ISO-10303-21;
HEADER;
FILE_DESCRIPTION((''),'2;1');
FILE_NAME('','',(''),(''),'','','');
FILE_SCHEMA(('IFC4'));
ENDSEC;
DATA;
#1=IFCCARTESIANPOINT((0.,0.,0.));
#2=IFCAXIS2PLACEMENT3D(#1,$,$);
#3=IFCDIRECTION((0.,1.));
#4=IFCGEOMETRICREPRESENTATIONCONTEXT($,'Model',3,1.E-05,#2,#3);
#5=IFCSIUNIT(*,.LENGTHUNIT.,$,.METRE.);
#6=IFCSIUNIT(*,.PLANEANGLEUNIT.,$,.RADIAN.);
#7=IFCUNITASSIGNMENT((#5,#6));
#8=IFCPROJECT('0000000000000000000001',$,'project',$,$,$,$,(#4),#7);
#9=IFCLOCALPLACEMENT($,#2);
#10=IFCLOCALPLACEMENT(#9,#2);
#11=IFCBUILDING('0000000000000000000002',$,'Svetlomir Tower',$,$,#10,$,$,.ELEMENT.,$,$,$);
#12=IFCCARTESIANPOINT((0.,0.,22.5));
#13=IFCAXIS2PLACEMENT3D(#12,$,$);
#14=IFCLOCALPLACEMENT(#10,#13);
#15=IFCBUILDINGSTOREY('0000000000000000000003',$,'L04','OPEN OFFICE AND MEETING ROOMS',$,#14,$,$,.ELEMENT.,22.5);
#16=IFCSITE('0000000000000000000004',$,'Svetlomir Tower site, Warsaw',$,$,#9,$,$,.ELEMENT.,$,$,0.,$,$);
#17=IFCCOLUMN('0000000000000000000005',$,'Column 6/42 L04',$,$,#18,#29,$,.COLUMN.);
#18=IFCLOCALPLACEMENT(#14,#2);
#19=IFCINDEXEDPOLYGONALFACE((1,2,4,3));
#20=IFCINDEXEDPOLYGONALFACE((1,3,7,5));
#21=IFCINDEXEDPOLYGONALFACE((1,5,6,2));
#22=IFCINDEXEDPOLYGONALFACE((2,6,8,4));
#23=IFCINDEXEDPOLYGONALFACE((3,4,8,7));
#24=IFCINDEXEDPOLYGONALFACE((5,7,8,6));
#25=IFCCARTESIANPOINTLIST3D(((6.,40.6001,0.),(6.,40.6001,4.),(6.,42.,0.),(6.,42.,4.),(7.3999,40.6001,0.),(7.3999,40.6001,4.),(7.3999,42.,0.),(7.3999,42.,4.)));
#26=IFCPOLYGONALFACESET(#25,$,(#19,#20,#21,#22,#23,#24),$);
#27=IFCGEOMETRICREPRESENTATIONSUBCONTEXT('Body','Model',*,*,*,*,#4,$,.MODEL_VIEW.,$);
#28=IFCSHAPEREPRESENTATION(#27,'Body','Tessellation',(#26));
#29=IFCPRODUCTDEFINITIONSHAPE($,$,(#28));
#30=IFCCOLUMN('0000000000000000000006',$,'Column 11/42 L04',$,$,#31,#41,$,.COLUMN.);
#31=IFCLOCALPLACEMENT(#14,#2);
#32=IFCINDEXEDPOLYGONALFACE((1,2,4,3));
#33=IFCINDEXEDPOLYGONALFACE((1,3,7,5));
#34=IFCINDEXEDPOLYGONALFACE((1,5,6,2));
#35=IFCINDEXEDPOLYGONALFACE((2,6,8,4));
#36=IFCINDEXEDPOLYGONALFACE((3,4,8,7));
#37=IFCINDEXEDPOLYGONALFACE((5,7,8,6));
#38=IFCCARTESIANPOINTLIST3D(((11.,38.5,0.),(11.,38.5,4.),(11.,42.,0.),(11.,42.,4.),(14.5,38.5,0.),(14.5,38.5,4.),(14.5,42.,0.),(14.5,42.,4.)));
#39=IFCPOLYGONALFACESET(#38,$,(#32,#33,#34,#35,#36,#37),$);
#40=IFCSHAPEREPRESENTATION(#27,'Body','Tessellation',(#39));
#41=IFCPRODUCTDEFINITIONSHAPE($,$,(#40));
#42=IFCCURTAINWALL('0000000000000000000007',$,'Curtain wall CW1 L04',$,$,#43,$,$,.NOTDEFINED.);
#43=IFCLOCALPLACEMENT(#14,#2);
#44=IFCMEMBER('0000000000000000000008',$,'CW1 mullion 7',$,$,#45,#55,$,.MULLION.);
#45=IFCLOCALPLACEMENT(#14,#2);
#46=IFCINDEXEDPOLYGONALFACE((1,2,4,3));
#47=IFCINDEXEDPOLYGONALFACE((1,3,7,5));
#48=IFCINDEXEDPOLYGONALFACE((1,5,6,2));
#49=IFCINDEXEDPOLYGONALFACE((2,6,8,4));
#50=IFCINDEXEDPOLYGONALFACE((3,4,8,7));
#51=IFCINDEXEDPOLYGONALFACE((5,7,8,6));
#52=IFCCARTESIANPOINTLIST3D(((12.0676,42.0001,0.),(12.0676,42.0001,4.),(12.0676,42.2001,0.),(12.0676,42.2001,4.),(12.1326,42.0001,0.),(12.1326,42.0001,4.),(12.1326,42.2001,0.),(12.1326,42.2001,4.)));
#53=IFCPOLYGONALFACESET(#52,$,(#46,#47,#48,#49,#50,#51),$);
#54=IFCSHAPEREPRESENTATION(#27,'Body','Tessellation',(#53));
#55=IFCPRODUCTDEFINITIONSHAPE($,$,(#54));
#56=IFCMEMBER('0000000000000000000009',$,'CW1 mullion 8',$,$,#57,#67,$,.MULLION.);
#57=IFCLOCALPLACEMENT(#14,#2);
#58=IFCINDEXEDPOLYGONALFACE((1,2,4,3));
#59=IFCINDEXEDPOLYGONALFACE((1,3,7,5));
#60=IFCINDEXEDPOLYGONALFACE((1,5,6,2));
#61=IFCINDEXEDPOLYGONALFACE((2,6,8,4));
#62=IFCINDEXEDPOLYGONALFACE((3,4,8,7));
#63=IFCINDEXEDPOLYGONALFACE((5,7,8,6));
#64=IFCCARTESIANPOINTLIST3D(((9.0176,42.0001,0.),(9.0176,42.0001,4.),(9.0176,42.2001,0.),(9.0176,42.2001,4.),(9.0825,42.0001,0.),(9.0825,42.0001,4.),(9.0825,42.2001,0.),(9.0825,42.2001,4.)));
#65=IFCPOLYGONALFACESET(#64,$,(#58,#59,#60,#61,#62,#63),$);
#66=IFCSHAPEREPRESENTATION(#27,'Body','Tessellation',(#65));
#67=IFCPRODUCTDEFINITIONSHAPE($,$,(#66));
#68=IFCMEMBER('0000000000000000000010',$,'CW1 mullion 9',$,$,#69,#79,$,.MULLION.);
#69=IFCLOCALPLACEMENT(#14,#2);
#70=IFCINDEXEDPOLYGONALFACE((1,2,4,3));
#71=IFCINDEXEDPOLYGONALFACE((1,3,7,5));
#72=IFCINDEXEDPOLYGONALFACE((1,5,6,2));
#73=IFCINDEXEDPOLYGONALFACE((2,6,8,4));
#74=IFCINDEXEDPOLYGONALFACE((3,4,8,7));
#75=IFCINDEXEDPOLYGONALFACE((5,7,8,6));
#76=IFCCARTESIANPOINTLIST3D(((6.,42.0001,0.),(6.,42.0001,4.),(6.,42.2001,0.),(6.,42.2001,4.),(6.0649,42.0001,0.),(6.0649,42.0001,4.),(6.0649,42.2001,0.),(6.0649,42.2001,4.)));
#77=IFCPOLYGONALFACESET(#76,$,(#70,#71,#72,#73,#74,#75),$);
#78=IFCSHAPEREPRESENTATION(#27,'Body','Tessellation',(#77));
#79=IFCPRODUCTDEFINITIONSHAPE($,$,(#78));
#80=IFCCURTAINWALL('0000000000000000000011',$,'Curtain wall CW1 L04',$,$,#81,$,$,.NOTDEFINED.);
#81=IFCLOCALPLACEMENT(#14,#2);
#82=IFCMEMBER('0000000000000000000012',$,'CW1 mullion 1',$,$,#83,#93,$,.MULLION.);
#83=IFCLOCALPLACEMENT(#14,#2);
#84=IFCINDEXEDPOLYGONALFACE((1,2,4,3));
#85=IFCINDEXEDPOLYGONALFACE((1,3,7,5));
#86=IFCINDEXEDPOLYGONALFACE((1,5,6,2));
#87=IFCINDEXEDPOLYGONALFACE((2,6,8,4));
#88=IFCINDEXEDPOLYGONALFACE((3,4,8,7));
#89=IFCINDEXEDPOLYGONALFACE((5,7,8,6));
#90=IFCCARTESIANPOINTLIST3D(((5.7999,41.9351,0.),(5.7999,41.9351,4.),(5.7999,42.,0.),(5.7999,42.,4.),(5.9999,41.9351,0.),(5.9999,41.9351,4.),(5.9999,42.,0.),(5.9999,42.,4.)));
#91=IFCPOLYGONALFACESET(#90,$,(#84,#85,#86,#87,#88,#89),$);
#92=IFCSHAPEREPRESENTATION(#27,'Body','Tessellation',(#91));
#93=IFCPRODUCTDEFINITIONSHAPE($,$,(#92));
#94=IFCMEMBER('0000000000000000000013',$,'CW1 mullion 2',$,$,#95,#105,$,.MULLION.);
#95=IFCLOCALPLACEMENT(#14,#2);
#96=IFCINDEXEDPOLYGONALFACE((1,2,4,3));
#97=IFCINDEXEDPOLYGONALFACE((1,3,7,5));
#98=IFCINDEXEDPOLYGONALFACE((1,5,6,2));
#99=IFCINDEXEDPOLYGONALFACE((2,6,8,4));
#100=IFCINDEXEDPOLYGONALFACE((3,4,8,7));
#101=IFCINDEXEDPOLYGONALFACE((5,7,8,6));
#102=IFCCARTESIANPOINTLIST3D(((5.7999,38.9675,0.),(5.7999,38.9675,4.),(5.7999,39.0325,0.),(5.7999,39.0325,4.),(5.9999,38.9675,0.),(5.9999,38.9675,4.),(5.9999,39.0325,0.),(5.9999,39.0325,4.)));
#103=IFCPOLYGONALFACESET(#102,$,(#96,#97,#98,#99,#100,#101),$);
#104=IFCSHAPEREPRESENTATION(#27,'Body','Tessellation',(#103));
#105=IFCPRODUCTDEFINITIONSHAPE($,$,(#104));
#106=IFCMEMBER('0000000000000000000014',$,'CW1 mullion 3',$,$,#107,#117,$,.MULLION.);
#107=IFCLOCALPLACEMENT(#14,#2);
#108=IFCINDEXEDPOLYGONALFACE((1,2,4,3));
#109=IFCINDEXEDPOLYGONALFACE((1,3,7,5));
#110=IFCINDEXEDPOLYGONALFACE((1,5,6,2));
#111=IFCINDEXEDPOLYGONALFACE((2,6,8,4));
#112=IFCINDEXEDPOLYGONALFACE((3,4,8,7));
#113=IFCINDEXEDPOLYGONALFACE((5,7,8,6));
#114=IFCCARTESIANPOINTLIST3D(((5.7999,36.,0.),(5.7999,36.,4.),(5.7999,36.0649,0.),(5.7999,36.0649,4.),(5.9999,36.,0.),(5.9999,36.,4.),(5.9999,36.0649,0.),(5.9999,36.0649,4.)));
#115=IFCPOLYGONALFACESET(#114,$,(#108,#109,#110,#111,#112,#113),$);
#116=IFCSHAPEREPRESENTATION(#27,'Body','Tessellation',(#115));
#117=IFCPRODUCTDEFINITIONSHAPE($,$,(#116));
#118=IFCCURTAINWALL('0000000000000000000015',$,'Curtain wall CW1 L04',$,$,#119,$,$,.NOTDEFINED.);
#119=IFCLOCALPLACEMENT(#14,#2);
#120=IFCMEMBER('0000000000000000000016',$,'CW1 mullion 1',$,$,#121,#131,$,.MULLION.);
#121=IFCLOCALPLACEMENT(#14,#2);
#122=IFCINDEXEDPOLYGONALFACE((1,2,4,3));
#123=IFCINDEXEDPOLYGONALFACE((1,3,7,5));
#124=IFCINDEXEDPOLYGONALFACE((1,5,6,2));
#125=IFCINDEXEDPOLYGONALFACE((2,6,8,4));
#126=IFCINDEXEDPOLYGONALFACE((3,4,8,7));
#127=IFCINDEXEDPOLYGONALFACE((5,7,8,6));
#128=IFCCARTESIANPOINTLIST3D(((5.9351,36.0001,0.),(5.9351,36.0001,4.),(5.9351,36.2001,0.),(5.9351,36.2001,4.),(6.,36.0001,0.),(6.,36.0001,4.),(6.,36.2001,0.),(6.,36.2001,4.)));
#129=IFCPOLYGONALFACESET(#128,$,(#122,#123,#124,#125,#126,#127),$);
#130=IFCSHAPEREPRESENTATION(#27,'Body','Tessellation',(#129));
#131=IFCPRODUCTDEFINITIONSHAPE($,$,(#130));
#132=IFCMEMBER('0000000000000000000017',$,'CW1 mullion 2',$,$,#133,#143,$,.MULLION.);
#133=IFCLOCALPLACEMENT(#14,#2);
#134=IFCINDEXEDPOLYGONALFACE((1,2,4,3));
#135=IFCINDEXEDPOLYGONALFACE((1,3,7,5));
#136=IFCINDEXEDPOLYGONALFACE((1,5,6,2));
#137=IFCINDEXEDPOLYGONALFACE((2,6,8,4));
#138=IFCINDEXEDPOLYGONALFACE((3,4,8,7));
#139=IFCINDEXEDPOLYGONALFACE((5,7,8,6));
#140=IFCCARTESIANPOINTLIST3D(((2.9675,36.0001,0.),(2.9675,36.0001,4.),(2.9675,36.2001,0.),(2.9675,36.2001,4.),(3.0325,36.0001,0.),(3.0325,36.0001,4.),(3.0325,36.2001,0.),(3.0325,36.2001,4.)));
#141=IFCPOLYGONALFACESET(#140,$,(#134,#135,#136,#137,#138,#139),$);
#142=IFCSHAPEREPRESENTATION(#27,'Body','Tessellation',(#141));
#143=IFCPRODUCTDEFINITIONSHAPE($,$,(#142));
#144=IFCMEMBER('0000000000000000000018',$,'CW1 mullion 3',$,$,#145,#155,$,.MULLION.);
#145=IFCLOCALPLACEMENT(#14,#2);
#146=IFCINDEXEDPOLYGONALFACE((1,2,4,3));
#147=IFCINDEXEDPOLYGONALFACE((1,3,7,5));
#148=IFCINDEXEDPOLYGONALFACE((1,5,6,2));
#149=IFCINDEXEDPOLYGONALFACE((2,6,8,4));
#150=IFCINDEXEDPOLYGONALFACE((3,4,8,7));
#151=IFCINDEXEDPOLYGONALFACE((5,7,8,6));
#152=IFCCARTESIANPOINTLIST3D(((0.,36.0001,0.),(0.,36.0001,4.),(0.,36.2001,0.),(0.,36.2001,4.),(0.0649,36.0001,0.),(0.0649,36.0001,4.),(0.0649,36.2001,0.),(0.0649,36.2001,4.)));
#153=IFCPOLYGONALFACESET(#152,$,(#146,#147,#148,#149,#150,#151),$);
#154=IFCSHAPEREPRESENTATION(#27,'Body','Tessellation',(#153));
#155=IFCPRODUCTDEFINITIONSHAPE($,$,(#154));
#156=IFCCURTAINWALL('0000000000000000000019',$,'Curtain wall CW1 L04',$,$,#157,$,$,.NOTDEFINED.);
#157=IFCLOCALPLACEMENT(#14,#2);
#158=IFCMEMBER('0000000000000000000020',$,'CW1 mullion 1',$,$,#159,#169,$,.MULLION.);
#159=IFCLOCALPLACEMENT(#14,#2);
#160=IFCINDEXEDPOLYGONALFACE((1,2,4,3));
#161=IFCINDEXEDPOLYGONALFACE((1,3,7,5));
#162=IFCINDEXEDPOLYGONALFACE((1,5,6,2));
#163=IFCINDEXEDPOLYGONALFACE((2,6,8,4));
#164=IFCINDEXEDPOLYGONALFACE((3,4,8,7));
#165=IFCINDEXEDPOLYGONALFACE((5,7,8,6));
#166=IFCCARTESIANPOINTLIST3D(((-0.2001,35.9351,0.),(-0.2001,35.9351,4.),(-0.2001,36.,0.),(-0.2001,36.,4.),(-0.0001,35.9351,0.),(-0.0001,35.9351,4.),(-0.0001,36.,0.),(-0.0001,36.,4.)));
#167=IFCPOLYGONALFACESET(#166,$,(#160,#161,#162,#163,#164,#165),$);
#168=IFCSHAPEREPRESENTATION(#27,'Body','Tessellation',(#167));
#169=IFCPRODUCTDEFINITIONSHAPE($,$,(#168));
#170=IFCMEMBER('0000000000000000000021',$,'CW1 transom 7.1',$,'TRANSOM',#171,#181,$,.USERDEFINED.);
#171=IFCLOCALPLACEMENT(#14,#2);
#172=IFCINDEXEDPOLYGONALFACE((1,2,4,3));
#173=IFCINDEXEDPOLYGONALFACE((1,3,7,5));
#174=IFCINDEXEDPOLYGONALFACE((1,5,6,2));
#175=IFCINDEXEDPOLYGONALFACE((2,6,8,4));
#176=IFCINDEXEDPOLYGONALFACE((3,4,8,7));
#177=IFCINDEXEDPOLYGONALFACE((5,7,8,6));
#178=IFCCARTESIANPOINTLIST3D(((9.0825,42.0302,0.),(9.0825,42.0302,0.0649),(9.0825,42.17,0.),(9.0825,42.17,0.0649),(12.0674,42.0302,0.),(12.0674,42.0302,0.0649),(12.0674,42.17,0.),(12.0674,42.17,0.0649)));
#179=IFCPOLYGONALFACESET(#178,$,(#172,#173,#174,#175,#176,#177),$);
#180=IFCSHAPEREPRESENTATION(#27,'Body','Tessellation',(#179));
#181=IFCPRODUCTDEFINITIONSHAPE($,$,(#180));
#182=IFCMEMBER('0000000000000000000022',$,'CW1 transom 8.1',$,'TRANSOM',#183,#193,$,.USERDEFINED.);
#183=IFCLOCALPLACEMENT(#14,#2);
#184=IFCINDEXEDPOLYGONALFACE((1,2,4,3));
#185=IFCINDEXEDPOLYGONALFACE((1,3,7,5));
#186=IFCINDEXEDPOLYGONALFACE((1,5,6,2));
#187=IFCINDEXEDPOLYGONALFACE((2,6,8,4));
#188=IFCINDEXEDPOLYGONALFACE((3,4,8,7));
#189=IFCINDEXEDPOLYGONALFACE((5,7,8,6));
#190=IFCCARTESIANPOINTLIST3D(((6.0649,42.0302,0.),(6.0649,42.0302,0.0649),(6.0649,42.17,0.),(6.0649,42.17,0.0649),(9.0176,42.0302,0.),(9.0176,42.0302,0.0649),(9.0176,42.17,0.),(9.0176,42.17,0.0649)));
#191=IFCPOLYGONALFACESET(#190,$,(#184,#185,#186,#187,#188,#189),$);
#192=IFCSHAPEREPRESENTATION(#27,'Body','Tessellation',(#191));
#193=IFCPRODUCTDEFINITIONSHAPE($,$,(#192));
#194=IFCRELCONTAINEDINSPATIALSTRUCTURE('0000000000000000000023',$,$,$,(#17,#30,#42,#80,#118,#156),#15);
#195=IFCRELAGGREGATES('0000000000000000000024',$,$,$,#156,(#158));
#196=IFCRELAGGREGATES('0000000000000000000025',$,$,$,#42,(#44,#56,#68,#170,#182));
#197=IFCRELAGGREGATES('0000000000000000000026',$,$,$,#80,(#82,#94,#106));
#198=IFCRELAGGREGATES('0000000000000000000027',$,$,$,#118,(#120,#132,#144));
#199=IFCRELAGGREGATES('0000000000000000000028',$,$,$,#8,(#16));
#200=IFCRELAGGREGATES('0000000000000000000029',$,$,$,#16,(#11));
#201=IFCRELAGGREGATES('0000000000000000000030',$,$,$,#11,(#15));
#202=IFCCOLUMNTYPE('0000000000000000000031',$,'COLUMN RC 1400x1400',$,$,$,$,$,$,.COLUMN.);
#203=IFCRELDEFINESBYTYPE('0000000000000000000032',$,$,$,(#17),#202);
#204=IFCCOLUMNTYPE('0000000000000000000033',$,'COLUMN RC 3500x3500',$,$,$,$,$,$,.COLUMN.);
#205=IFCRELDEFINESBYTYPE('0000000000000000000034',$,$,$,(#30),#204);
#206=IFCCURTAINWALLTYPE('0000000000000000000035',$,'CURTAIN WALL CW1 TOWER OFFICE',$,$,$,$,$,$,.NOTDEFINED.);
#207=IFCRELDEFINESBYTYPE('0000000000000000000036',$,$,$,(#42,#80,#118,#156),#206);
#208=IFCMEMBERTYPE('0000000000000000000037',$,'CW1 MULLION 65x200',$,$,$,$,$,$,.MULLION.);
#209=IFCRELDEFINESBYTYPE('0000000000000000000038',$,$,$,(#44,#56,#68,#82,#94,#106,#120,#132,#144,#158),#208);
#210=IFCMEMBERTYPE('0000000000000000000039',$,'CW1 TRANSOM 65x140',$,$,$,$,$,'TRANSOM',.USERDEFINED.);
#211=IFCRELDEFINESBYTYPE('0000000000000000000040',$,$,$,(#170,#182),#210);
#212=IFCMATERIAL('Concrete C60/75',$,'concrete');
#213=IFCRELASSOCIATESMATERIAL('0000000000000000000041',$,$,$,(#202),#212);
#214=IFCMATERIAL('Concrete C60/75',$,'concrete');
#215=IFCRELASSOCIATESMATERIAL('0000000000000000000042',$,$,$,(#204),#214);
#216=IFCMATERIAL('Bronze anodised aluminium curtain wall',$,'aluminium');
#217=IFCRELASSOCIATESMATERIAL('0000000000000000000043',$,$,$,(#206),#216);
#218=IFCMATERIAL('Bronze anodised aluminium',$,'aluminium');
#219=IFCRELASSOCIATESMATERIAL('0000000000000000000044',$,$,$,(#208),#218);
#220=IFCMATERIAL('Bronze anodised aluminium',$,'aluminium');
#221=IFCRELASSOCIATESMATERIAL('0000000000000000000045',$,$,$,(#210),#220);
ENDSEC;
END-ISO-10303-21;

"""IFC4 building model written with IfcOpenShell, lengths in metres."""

from ifc_helpers import new_model, si_unit, direction, frame, origin, origin_2d, place, context, subcontext, project, spatial, rectangle, extrude, material, material_profile, profile_set, type_object, element, aggregate, save


model = new_model("IFC4")

# Units and contexts
model_context = context("Model", 3, precision=1e-05, world=origin(), true_north=direction((0.0, 1.0)))
body_context = subcontext(model_context, "Body", "Model", "MODEL_VIEW")
ifc_project = project(units=[si_unit("LENGTHUNIT", "METRE"), si_unit("PLANEANGLEUNIT", "RADIAN")], contexts=[model_context])

# Site, building, storey
site_placement = place(None, origin())
site = spatial("IfcSite", under=ifc_project, at=site_placement, Name="Svetlomir Tower site, Warsaw", CompositionType="ELEMENT", RefElevation=0.0)
building_placement = place(site_placement, origin())
building = spatial("IfcBuilding", under=site, at=building_placement, Name="Svetlomir Tower", CompositionType="ELEMENT")
storey_placement = place(building_placement, frame((0.0, 0.0, 22.5)))
storey = spatial("IfcBuildingStorey", under=building, at=storey_placement, Name="L04", Description="OPEN OFFICE AND MEETING ROOMS", CompositionType="ELEMENT", Elevation=22.5)

# Columns
ifc_material_1 = material(Name="Concrete C60/75", Category="concrete")
ifc_material_profile_1 = material_profile(ifc_material_1, rectangle(XDim=1.3999, YDim=1.3999, at=origin_2d()), Name="RC 1400x1400")
ifc_profile_set_1 = profile_set([ifc_material_profile_1], Name="Concrete C60/75")
column_type_1 = type_object("IfcColumnType", Name="COLUMN RC 1400x1400", PredefinedType="COLUMN", material=ifc_profile_set_1)
column_1_placement = place(storey_placement, frame((6.7, 41.3, 0.0), z_axis=(0.0, 0.0, 1.0), x_axis=(1.0, 0.0, 0.0)))
element("IfcColumn", 1, at=column_1_placement, inside=storey, type_object=column_type_1, Name="Column 6/42 L04", PredefinedType="COLUMN", context=body_context, shape_type="SweptSolid", body=[
    extrude(rectangle(XDim=1.3999, YDim=1.3999, at=origin_2d()), origin(), (0.0, 0.0, 1.0), 4.0),
])
ifc_material_2 = material(Name="Concrete C60/75", Category="concrete")
ifc_material_profile_2 = material_profile(ifc_material_2, rectangle(XDim=3.5, YDim=3.5, at=origin_2d()), Name="RC 3500x3500")
ifc_profile_set_2 = profile_set([ifc_material_profile_2], Name="Concrete C60/75")
column_type_2 = type_object("IfcColumnType", Name="COLUMN RC 3500x3500", PredefinedType="COLUMN", material=ifc_profile_set_2)
column_2_placement = place(storey_placement, frame((12.75, 40.25, 0.0), z_axis=(0.0, 0.0, 1.0), x_axis=(1.0, 0.0, 0.0)))
element("IfcColumn", 2, at=column_2_placement, inside=storey, type_object=column_type_2, Name="Column 11/42 L04", PredefinedType="COLUMN", context=body_context, shape_type="SweptSolid", body=[
    extrude(rectangle(XDim=3.5, YDim=3.5, at=origin_2d()), origin(), (0.0, 0.0, 1.0), 4.0),
])

# Curtain walls, members
ifc_material_3 = material(Name="Bronze anodised aluminium curtain wall", Category="aluminium")
curtain_wall_type = type_object("IfcCurtainWallType", Name="CURTAIN WALL CW1 TOWER OFFICE", PredefinedType="NOTDEFINED", material=ifc_material_3)
curtain_wall_1_placement = place(storey_placement, origin())
curtain_wall_1 = element("IfcCurtainWall", 3, at=curtain_wall_1_placement, inside=storey, type_object=curtain_wall_type, Name="Curtain wall CW1 L04", PredefinedType="NOTDEFINED")
ifc_material_4 = material(Name="Bronze anodised aluminium", Category="aluminium")
ifc_material_profile_3 = material_profile(ifc_material_4, rectangle(XDim=0.0649, YDim=0.2, at=origin_2d()), Name="AL 65x200")
ifc_profile_set_3 = profile_set([ifc_material_profile_3], Name="Bronze anodised aluminium 6063-T6")
member_type_1 = type_object("IfcMemberType", Name="CW1 MULLION 65x200", PredefinedType="MULLION", material=ifc_profile_set_3)
member_1_placement = place(storey_placement, frame((12.1001, 42.1001, 0.0), z_axis=(0.0, 0.0, 1.0), x_axis=(-1.0, 0.0, 0.0)))
member_1 = element("IfcMember", 4, at=member_1_placement, type_object=member_type_1, Name="CW1 mullion 7", PredefinedType="MULLION", context=body_context, shape_type="SweptSolid", body=[
    extrude(rectangle(XDim=0.0649, YDim=0.2, at=origin_2d()), origin(), (0.0, 0.0, 1.0), 4.0),
])
member_2_placement = place(storey_placement, frame((9.05, 42.1001, 0.0), z_axis=(0.0, 0.0, 1.0), x_axis=(-1.0, 0.0, 0.0)))
member_2 = element("IfcMember", 5, at=member_2_placement, type_object=member_type_1, Name="CW1 mullion 8", PredefinedType="MULLION", context=body_context, shape_type="SweptSolid", body=[
    extrude(rectangle(XDim=0.0649, YDim=0.2, at=origin_2d()), origin(), (0.0, 0.0, 1.0), 4.0),
])
member_3_placement = place(storey_placement, frame((6.0325, 42.1001, 0.0), z_axis=(0.0, 0.0, 1.0), x_axis=(-1.0, 0.0, 0.0)))
member_3 = element("IfcMember", 6, at=member_3_placement, type_object=member_type_1, Name="CW1 mullion 9", PredefinedType="MULLION", context=body_context, shape_type="SweptSolid", body=[
    extrude(rectangle(XDim=0.0649, YDim=0.2, at=origin_2d()), origin(), (0.0, 0.0, 1.0), 4.0),
])
curtain_wall_2_placement = place(storey_placement, origin())
curtain_wall_2 = element("IfcCurtainWall", 7, at=curtain_wall_2_placement, inside=storey, type_object=curtain_wall_type, Name="Curtain wall CW1 L04", PredefinedType="NOTDEFINED")
member_4_placement = place(storey_placement, frame((5.8999, 41.9675, 0.0), z_axis=(0.0, 0.0, 1.0), x_axis=(0.0, -1.0, 0.0)))
member_4 = element("IfcMember", 8, at=member_4_placement, type_object=member_type_1, Name="CW1 mullion 1", PredefinedType="MULLION", context=body_context, shape_type="SweptSolid", body=[
    extrude(rectangle(XDim=0.0649, YDim=0.2, at=origin_2d()), origin(), (0.0, 0.0, 1.0), 4.0),
])
member_5_placement = place(storey_placement, frame((5.8999, 39.0, 0.0), z_axis=(0.0, 0.0, 1.0), x_axis=(0.0, -1.0, 0.0)))
member_5 = element("IfcMember", 9, at=member_5_placement, type_object=member_type_1, Name="CW1 mullion 2", PredefinedType="MULLION", context=body_context, shape_type="SweptSolid", body=[
    extrude(rectangle(XDim=0.0649, YDim=0.2, at=origin_2d()), origin(), (0.0, 0.0, 1.0), 4.0),
])
member_6_placement = place(storey_placement, frame((5.8999, 36.0325, 0.0), z_axis=(0.0, 0.0, 1.0), x_axis=(0.0, -1.0, 0.0)))
member_6 = element("IfcMember", 10, at=member_6_placement, type_object=member_type_1, Name="CW1 mullion 3", PredefinedType="MULLION", context=body_context, shape_type="SweptSolid", body=[
    extrude(rectangle(XDim=0.0649, YDim=0.2, at=origin_2d()), origin(), (0.0, 0.0, 1.0), 4.0),
])
curtain_wall_3_placement = place(storey_placement, origin())
curtain_wall_3 = element("IfcCurtainWall", 11, at=curtain_wall_3_placement, inside=storey, type_object=curtain_wall_type, Name="Curtain wall CW1 L04", PredefinedType="NOTDEFINED")
member_7_placement = place(storey_placement, frame((5.9675, 36.1001, 0.0), z_axis=(0.0, 0.0, 1.0), x_axis=(-1.0, 0.0, 0.0)))
member_7 = element("IfcMember", 12, at=member_7_placement, type_object=member_type_1, Name="CW1 mullion 1", PredefinedType="MULLION", context=body_context, shape_type="SweptSolid", body=[
    extrude(rectangle(XDim=0.0649, YDim=0.2, at=origin_2d()), origin(), (0.0, 0.0, 1.0), 4.0),
])
member_8_placement = place(storey_placement, frame((3.0, 36.1001, 0.0), z_axis=(0.0, 0.0, 1.0), x_axis=(-1.0, 0.0, 0.0)))
member_8 = element("IfcMember", 13, at=member_8_placement, type_object=member_type_1, Name="CW1 mullion 2", PredefinedType="MULLION", context=body_context, shape_type="SweptSolid", body=[
    extrude(rectangle(XDim=0.0649, YDim=0.2, at=origin_2d()), origin(), (0.0, 0.0, 1.0), 4.0),
])
member_9_placement = place(storey_placement, frame((0.0325, 36.1001, 0.0), z_axis=(0.0, 0.0, 1.0), x_axis=(-1.0, 0.0, 0.0)))
member_9 = element("IfcMember", 14, at=member_9_placement, type_object=member_type_1, Name="CW1 mullion 3", PredefinedType="MULLION", context=body_context, shape_type="SweptSolid", body=[
    extrude(rectangle(XDim=0.0649, YDim=0.2, at=origin_2d()), origin(), (0.0, 0.0, 1.0), 4.0),
])

# Curtain wall, member
curtain_wall_4_placement = place(storey_placement, origin())
curtain_wall_4 = element("IfcCurtainWall", 15, at=curtain_wall_4_placement, inside=storey, type_object=curtain_wall_type, Name="Curtain wall CW1 L04", PredefinedType="NOTDEFINED")
member_10_placement = place(storey_placement, frame((-0.1001, 35.9675, 0.0), z_axis=(0.0, 0.0, 1.0), x_axis=(0.0, -1.0, 0.0)))
member_10 = element("IfcMember", 16, at=member_10_placement, type_object=member_type_1, Name="CW1 mullion 1", PredefinedType="MULLION", context=body_context, shape_type="SweptSolid", body=[
    extrude(rectangle(XDim=0.0649, YDim=0.2, at=origin_2d()), origin(), (0.0, 0.0, 1.0), 4.0),
])

# Members
ifc_material_5 = material(Name="Bronze anodised aluminium", Category="aluminium")
ifc_material_profile_4 = material_profile(ifc_material_5, rectangle(XDim=0.1399, YDim=0.0649, at=origin_2d()), Name="AL 140x65")
ifc_profile_set_4 = profile_set([ifc_material_profile_4], Name="Bronze anodised aluminium 6063-T6")
member_type_2 = type_object("IfcMemberType", Name="CW1 TRANSOM 65x140", ElementType="TRANSOM", PredefinedType="USERDEFINED", material=ifc_profile_set_4)
member_11_placement = place(storey_placement, frame((12.0674, 42.1001, 0.0325), z_axis=(-1.0, 0.0, 0.0), x_axis=(0.0, -1.0, 0.0)))
member_11 = element("IfcMember", 17, at=member_11_placement, type_object=member_type_2, Name="CW1 transom 7.1", ObjectType="TRANSOM", PredefinedType="USERDEFINED", context=body_context, shape_type="SweptSolid", body=[
    extrude(rectangle(XDim=0.1399, YDim=0.0649, at=origin_2d()), origin(), (0.0, 0.0, 1.0), 2.9849),
])
member_12_placement = place(storey_placement, frame((9.0176, 42.1001, 0.0325), z_axis=(-1.0, 0.0, 0.0), x_axis=(0.0, -1.0, 0.0)))
member_12 = element("IfcMember", 18, at=member_12_placement, type_object=member_type_2, Name="CW1 transom 8.1", ObjectType="TRANSOM", PredefinedType="USERDEFINED", context=body_context, shape_type="SweptSolid", body=[
    extrude(rectangle(XDim=0.1399, YDim=0.0649, at=origin_2d()), origin(), (0.0, 0.0, 1.0), 2.9526),
])
aggregate(curtain_wall_4, [member_10])

aggregate(curtain_wall_1, [member_1, member_2, member_3, member_11, member_12])
aggregate(curtain_wall_2, [member_4, member_5, member_6])
aggregate(curtain_wall_3, [member_7, member_8, member_9])

save(model, "model.ifc")
